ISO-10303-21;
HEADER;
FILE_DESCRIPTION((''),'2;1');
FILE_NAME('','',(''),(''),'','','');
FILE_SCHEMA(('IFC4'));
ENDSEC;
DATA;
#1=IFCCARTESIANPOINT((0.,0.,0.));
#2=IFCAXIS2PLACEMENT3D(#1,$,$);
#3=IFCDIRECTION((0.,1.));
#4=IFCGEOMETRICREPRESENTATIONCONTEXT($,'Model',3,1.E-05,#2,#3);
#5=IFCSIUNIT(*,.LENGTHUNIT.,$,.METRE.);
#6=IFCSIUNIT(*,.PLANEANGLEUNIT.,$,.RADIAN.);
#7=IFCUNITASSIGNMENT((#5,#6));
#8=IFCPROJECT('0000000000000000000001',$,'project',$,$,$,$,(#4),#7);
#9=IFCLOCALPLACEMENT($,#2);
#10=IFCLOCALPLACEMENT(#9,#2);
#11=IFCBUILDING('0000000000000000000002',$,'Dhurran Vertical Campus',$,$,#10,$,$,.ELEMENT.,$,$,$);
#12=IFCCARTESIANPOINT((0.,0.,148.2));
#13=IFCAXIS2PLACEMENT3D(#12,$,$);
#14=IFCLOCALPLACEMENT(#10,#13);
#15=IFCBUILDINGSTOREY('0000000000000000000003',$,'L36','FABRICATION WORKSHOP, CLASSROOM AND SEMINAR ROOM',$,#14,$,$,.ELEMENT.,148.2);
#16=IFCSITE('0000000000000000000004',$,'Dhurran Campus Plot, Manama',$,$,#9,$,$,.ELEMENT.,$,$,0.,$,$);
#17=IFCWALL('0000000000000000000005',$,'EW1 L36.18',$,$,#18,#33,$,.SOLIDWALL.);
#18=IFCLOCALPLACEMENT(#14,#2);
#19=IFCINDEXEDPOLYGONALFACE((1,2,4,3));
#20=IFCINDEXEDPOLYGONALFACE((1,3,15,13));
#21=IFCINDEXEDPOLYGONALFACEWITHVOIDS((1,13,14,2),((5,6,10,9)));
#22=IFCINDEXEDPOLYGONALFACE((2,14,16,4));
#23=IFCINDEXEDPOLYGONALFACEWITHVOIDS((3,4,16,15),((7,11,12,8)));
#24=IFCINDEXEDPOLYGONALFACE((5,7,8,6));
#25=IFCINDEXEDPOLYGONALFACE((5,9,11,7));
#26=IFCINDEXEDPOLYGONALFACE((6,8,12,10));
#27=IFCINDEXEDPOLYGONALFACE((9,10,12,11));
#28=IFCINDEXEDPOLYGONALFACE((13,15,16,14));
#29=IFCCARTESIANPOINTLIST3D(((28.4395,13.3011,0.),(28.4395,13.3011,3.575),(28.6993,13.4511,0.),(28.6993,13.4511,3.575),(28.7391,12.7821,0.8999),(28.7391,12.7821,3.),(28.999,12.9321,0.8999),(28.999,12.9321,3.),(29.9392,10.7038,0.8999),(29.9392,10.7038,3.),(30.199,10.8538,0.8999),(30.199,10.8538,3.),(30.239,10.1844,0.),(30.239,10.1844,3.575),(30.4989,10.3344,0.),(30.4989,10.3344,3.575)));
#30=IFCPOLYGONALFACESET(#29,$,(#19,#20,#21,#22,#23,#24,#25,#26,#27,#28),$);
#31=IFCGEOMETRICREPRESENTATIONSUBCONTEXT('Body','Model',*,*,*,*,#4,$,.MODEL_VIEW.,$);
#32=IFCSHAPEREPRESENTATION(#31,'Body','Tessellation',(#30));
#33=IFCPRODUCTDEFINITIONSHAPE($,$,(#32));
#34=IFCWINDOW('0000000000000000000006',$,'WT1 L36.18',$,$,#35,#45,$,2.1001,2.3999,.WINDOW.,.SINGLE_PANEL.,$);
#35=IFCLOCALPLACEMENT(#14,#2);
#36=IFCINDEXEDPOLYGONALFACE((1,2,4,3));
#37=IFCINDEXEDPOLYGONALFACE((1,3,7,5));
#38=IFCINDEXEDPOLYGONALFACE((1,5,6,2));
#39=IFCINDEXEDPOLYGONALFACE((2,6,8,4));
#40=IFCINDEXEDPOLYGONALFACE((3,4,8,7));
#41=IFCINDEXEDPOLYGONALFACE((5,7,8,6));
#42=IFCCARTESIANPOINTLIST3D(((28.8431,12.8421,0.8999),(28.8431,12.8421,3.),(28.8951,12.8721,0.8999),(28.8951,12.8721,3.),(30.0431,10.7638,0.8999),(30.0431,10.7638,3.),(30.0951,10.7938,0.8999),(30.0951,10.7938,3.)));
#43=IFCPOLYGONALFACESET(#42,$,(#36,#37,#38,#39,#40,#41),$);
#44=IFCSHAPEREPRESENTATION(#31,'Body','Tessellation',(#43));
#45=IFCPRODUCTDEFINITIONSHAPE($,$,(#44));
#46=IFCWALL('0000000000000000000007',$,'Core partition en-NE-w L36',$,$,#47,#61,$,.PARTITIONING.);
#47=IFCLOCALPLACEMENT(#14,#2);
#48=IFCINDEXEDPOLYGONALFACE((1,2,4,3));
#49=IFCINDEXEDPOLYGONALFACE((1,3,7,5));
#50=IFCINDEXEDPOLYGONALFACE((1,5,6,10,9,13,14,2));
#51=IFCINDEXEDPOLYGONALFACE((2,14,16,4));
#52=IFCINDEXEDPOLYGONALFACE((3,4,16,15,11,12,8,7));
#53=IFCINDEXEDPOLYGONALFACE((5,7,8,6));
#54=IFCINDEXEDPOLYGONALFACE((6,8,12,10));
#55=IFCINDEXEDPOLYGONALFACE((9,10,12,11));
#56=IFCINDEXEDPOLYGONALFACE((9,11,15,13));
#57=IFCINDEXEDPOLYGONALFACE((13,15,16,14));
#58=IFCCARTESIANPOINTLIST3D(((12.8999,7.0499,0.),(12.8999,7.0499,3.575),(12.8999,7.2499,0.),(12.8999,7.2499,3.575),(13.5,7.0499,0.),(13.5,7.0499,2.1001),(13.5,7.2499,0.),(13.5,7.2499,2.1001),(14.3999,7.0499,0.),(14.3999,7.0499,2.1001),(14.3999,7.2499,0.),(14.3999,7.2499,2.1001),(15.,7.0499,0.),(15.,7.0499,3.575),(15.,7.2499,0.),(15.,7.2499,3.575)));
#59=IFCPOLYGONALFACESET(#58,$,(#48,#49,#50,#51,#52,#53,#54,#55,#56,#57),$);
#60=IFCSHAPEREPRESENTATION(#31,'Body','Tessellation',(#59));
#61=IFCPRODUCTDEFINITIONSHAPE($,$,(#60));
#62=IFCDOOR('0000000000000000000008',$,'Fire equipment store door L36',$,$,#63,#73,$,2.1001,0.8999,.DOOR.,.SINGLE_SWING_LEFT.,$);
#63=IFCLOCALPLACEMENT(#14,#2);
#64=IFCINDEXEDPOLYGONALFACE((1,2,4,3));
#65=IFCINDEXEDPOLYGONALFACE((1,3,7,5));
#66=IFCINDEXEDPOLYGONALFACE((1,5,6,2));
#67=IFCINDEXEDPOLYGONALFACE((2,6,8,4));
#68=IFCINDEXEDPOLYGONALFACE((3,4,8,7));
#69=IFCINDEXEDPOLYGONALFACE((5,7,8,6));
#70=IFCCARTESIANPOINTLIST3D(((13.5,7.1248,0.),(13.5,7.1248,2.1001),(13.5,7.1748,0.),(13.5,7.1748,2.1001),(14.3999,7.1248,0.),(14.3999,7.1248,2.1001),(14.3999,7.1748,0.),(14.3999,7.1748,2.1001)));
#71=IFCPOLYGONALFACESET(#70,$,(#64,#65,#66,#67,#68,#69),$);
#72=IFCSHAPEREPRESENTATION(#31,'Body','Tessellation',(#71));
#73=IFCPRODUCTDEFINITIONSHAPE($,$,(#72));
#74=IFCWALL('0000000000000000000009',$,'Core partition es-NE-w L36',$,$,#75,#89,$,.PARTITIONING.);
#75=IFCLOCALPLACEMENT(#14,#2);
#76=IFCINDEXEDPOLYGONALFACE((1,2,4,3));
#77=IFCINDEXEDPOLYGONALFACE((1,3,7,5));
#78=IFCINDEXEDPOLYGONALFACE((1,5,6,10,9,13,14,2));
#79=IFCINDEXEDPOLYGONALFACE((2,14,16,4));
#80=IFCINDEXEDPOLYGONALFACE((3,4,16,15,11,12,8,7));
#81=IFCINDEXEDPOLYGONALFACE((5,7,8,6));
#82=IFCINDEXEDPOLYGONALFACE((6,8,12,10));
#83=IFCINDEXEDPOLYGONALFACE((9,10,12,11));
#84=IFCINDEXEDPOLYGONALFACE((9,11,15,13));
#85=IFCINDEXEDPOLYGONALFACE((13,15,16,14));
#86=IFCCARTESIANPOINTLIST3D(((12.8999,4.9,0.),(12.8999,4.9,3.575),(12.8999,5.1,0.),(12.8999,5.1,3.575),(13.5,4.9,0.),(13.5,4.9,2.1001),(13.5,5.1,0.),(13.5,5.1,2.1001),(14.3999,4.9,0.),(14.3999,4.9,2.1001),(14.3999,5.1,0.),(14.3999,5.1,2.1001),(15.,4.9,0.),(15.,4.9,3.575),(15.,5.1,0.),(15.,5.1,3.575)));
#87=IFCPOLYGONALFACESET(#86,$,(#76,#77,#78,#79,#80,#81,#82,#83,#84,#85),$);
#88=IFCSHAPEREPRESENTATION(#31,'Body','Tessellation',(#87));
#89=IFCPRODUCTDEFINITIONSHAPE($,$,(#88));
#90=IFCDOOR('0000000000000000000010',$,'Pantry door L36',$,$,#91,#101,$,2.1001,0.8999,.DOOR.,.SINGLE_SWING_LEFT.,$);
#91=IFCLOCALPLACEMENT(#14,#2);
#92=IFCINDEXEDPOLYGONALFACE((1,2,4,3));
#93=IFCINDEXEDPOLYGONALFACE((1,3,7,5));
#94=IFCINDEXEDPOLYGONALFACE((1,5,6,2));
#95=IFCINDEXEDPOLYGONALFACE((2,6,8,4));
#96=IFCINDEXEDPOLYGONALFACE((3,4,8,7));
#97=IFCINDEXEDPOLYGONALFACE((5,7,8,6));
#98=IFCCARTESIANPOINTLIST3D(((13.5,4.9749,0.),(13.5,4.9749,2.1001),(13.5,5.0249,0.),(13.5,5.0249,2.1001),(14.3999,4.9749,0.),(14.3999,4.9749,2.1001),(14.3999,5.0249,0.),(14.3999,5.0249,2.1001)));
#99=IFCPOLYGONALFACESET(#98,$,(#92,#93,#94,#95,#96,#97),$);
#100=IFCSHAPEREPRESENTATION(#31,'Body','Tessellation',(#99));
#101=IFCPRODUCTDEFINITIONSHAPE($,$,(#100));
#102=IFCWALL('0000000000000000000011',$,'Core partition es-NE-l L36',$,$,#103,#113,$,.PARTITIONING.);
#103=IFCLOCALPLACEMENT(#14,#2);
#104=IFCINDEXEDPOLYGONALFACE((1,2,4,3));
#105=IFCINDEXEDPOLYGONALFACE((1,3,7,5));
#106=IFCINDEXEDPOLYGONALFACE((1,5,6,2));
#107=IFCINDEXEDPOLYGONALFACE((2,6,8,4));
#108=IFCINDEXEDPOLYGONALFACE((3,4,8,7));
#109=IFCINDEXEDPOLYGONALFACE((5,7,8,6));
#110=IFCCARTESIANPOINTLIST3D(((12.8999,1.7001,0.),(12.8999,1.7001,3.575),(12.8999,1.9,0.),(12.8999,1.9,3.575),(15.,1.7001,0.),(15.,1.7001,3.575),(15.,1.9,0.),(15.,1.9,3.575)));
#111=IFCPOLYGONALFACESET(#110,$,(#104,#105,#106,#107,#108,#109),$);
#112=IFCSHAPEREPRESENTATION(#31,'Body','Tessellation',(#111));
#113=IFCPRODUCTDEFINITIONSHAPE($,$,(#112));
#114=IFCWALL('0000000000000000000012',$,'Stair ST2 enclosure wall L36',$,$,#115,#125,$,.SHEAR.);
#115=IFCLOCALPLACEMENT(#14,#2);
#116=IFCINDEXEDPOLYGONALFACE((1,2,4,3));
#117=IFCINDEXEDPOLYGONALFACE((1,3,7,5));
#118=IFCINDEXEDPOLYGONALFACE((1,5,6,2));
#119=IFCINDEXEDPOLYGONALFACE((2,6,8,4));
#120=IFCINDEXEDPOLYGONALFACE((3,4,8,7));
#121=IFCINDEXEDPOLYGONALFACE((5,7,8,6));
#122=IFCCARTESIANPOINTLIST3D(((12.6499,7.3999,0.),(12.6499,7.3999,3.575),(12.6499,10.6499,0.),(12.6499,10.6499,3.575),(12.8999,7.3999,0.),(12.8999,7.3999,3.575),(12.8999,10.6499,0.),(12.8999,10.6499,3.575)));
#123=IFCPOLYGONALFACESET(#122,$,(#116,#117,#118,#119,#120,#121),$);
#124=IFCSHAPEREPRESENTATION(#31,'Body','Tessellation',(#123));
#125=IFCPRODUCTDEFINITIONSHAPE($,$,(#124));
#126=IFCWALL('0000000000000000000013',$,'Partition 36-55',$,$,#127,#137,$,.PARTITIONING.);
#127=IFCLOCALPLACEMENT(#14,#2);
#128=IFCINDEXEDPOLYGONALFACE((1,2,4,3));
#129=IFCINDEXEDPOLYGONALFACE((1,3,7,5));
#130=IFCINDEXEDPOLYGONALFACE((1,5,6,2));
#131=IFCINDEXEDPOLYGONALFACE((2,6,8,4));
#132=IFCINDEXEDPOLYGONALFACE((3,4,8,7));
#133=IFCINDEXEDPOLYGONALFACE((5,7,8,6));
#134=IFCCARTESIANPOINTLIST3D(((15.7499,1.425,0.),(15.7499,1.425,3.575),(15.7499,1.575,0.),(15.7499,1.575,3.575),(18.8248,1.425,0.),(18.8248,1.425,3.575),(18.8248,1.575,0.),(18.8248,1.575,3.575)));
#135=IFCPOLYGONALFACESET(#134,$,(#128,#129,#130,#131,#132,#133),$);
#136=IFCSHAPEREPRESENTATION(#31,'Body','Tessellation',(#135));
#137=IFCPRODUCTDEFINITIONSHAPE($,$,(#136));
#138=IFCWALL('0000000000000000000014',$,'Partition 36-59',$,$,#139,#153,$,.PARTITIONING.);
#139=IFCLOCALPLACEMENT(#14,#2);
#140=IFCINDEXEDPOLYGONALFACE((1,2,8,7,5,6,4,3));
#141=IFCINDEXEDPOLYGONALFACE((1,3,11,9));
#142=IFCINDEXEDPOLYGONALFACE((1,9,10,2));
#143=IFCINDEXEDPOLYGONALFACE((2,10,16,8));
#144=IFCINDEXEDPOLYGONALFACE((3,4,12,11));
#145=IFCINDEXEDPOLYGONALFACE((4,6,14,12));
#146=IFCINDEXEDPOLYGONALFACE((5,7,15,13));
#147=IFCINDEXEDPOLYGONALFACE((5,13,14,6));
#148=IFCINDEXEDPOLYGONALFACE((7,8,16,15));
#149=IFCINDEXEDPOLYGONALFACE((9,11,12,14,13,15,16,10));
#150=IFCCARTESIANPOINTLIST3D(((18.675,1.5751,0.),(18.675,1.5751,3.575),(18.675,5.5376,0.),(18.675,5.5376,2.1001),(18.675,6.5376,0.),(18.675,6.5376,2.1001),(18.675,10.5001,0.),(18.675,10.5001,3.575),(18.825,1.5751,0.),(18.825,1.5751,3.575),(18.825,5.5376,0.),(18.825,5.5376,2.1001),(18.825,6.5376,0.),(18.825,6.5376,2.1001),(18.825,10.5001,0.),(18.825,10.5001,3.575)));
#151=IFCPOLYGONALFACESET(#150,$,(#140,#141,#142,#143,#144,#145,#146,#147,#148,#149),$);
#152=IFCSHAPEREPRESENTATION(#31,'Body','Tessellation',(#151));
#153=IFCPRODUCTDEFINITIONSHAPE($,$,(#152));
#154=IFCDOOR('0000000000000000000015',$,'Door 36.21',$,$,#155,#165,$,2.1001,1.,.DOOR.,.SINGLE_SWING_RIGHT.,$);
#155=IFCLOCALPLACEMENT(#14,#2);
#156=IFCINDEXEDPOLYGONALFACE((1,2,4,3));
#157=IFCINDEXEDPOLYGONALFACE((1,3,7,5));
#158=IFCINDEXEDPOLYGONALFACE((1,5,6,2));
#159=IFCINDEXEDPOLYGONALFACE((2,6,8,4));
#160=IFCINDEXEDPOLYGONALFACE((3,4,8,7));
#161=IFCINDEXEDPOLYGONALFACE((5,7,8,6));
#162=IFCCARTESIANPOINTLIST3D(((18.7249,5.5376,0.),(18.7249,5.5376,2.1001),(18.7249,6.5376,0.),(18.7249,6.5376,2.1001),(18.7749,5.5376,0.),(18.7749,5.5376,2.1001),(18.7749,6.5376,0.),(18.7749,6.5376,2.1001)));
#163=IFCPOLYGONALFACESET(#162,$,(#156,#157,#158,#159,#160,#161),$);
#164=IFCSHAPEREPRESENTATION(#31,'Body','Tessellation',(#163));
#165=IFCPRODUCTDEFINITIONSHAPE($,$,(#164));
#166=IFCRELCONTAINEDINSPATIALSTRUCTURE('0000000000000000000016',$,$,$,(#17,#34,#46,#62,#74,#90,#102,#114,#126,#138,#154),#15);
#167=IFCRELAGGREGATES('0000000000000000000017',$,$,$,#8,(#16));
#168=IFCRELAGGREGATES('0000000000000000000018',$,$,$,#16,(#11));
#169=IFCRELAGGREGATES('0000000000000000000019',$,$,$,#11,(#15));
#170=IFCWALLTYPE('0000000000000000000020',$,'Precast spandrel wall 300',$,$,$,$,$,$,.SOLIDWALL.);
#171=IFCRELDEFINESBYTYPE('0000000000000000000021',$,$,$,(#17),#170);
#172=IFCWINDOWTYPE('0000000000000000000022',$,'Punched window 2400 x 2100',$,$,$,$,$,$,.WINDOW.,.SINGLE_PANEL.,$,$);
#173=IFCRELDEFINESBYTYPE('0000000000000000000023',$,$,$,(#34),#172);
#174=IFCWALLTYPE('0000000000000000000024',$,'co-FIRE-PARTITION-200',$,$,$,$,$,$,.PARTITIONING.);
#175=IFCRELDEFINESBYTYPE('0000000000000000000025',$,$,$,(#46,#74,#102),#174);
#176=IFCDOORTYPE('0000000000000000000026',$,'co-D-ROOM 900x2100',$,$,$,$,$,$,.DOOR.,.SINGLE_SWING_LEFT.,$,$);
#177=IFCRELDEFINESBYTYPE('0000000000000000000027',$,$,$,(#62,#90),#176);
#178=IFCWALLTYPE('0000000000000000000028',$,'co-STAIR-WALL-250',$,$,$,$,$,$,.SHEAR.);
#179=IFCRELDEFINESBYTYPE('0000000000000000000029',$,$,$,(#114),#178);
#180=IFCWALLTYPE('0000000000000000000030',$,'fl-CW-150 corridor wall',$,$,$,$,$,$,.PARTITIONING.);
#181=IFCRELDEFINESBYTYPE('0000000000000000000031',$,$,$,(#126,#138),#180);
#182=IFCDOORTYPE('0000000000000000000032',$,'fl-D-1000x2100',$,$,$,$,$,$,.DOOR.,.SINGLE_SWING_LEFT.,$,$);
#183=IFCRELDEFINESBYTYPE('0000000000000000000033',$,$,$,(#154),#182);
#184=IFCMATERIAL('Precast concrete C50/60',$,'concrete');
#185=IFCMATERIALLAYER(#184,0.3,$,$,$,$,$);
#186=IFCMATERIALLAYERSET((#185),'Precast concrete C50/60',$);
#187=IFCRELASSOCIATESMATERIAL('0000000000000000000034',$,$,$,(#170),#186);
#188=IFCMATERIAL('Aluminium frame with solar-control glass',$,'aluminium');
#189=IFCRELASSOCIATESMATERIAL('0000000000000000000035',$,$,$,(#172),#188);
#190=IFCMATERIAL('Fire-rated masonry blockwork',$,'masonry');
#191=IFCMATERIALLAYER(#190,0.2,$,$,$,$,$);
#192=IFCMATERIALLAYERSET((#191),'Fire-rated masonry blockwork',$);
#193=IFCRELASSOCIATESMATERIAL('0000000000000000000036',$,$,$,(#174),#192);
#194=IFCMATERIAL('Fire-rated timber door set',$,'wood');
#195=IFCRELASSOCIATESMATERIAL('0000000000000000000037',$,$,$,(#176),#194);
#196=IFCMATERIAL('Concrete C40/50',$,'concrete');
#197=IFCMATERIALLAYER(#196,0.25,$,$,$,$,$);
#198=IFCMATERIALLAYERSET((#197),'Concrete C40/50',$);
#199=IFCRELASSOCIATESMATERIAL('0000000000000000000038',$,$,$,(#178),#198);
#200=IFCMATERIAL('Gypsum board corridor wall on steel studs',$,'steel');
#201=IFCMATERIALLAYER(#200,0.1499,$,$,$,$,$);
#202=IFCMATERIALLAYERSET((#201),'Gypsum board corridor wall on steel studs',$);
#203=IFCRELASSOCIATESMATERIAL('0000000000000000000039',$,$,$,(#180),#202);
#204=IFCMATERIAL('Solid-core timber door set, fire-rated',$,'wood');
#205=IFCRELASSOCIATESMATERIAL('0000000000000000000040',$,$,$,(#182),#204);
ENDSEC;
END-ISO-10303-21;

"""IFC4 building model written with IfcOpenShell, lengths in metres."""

from ifc_helpers import new_model, si_unit, direction, frame, frame_2d, origin, place, context, subcontext, project, spatial, rectangle, extrude, material, layer, layer_set, type_object, element, fill, save


model = new_model("IFC4")

# Units and contexts
model_context = context("Model", 3, precision=1e-05, world=origin(), true_north=direction((0.0, 1.0)))
body_context = subcontext(model_context, "Body", "Model", "MODEL_VIEW")
ifc_project = project(units=[si_unit("LENGTHUNIT", "METRE"), si_unit("PLANEANGLEUNIT", "RADIAN")], contexts=[model_context])

# Site, building, storey
site_placement = place(None, origin())
site = spatial("IfcSite", under=ifc_project, at=site_placement, Name="Dhurran Campus Plot, Manama", CompositionType="ELEMENT", RefElevation=0.0)
building_placement = place(site_placement, origin())
building = spatial("IfcBuilding", under=site, at=building_placement, Name="Dhurran Vertical Campus", CompositionType="ELEMENT")
storey_placement = place(building_placement, frame((0.0, 0.0, 148.2)))
storey = spatial("IfcBuildingStorey", under=building, at=storey_placement, Name="L36", Description="FABRICATION WORKSHOP, CLASSROOM AND SEMINAR ROOM", CompositionType="ELEMENT", Elevation=148.2)

# Wall, opening, window
ifc_material_1 = material(Name="Precast concrete C50/60", Category="concrete")
ifc_layer_1 = layer(ifc_material_1, 0.3)
ifc_layer_set_1 = layer_set([ifc_layer_1], Name="Precast concrete C50/60")
wall_type_1 = type_object("IfcWallType", Name="Precast spandrel wall 300", PredefinedType="SOLIDWALL", material=ifc_layer_set_1)
ifc_material_2 = material(Name="Aluminium frame with solar-control glass", Category="aluminium")
window_type = type_object("IfcWindowType", Name="Punched window 2400 x 2100", PartitioningType="SINGLE_PANEL", PredefinedType="WINDOW", material=ifc_material_2)
wall_1_placement = place(storey_placement, frame((30.3689, 10.2595, 0.0), z_axis=(0.0, 0.0, 1.0), x_axis=(-0.500028, 0.866009, 0.0)))
wall_1 = element("IfcWall", 1, at=wall_1_placement, inside=storey, type_object=wall_type_1, Name="EW1 L36.18", PredefinedType="SOLIDWALL", context=body_context, shape_type="SweptSolid", body=[
    extrude(rectangle(XDim=3.5989, YDim=0.3, at=frame_2d((1.7993, 0.0))), origin(), (0.0, 0.0, 1.0), 3.575),
])
opening_1_placement = place(wall_1_placement, frame((0.5996, 0.0, 0.8999)))
opening_1 = element("IfcOpeningElement", 2, at=opening_1_placement, cuts=wall_1, PredefinedType="OPENING", context=body_context, shape_type="SweptSolid", body=[
    extrude(rectangle(XDim=2.3999, YDim=2.1001, at=frame_2d((1.2, 1.05))), frame((0.0, 0.1599, 0.0), z_axis=(0.0, -1.0, 0.0), x_axis=(1.0, 0.0, 0.0)), (0.0, 0.0, 1.0), 0.3201),
])
window_1_placement = place(opening_1_placement, origin())
window_1 = element("IfcWindow", 3, at=window_1_placement, inside=storey, type_object=window_type, Name="WT1 L36.18", OverallHeight=2.1001, OverallWidth=2.3999, PartitioningType="SINGLE_PANEL", PredefinedType="WINDOW", context=body_context, shape_type="SweptSolid", body=[
    extrude(rectangle(XDim=2.3999, YDim=2.1001, at=frame_2d((1.2, 1.05))), frame((0.0, 0.03, 0.0), z_axis=(0.0, -1.0, 0.0), x_axis=(1.0, 0.0, 0.0)), (0.0, 0.0, 1.0), 0.0601),
])
fill(opening_1, window_1)

# Walls, openings, doors
ifc_material_3 = material(Name="Fire-rated masonry blockwork", Category="masonry")
ifc_layer_2 = layer(ifc_material_3, 0.2)
ifc_layer_set_2 = layer_set([ifc_layer_2], Name="Fire-rated masonry blockwork")
wall_type_2 = type_object("IfcWallType", Name="co-FIRE-PARTITION-200", PredefinedType="PARTITIONING", material=ifc_layer_set_2)
wall_2_placement = place(storey_placement, frame((12.8999, 7.1499, 0.0), z_axis=(0.0, 0.0, 1.0), x_axis=(1.0, 0.0, 0.0)))
wall_2 = element("IfcWall", 4, at=wall_2_placement, inside=storey, type_object=wall_type_2, Name="Core partition en-NE-w L36", PredefinedType="PARTITIONING", context=body_context, shape_type="SweptSolid", body=[
    extrude(rectangle(XDim=2.1001, YDim=0.2, at=frame_2d((1.05, 0.0))), origin(), (0.0, 0.0, 1.0), 3.575),
])
opening_2_placement = place(wall_2_placement, frame((0.6001, 0.0, 0.0)))
opening_2 = element("IfcOpeningElement", 5, at=opening_2_placement, cuts=wall_2, PredefinedType="OPENING", context=body_context, shape_type="SweptSolid", body=[
    extrude(rectangle(XDim=0.8999, YDim=2.1001, at=frame_2d((0.45, 1.05))), frame((0.0, 0.1099, 0.0), z_axis=(0.0, -1.0, 0.0), x_axis=(1.0, 0.0, 0.0)), (0.0, 0.0, 1.0), 0.22),
])
ifc_material_4 = material(Name="Fire-rated timber door set", Category="wood")
door_type_1 = type_object("IfcDoorType", Name="co-D-ROOM 900x2100", OperationType="SINGLE_SWING_LEFT", PredefinedType="DOOR", material=ifc_material_4)
door_1_placement = place(opening_2_placement, origin())
door_1 = element("IfcDoor", 6, at=door_1_placement, inside=storey, type_object=door_type_1, Name="Fire equipment store door L36", OperationType="SINGLE_SWING_LEFT", OverallHeight=2.1001, OverallWidth=0.8999, PredefinedType="DOOR", context=body_context, shape_type="SweptSolid", body=[
    extrude(rectangle(XDim=0.8999, YDim=2.1001, at=frame_2d((0.45, 1.05))), frame((0.0, 0.0249, 0.0), z_axis=(0.0, -1.0, 0.0), x_axis=(1.0, 0.0, 0.0)), (0.0, 0.0, 1.0), 0.05),
])
fill(opening_2, door_1)
wall_3_placement = place(storey_placement, frame((12.8999, 5.0, 0.0), z_axis=(0.0, 0.0, 1.0), x_axis=(1.0, 0.0, 0.0)))
wall_3 = element("IfcWall", 7, at=wall_3_placement, inside=storey, type_object=wall_type_2, Name="Core partition es-NE-w L36", PredefinedType="PARTITIONING", context=body_context, shape_type="SweptSolid", body=[
    extrude(rectangle(XDim=2.1001, YDim=0.2, at=frame_2d((1.05, 0.0))), origin(), (0.0, 0.0, 1.0), 3.575),
])
opening_3_placement = place(wall_3_placement, frame((0.6001, 0.0, 0.0)))
opening_3 = element("IfcOpeningElement", 8, at=opening_3_placement, cuts=wall_3, PredefinedType="OPENING", context=body_context, shape_type="SweptSolid", body=[
    extrude(rectangle(XDim=0.8999, YDim=2.1001, at=frame_2d((0.45, 1.05))), frame((0.0, 0.1099, 0.0), z_axis=(0.0, -1.0, 0.0), x_axis=(1.0, 0.0, 0.0)), (0.0, 0.0, 1.0), 0.22),
])
door_2_placement = place(opening_3_placement, origin())
door_2 = element("IfcDoor", 9, at=door_2_placement, inside=storey, type_object=door_type_1, Name="Pantry door L36", OperationType="SINGLE_SWING_LEFT", OverallHeight=2.1001, OverallWidth=0.8999, PredefinedType="DOOR", context=body_context, shape_type="SweptSolid", body=[
    extrude(rectangle(XDim=0.8999, YDim=2.1001, at=frame_2d((0.45, 1.05))), frame((0.0, 0.0249, 0.0), z_axis=(0.0, -1.0, 0.0), x_axis=(1.0, 0.0, 0.0)), (0.0, 0.0, 1.0), 0.05),
])
fill(opening_3, door_2)

# Walls
wall_4_placement = place(storey_placement, frame((12.8999, 1.8, 0.0), z_axis=(0.0, 0.0, 1.0), x_axis=(1.0, 0.0, 0.0)))
element("IfcWall", 10, at=wall_4_placement, inside=storey, type_object=wall_type_2, Name="Core partition es-NE-l L36", PredefinedType="PARTITIONING", context=body_context, shape_type="SweptSolid", body=[
    extrude(rectangle(XDim=2.1001, YDim=0.2, at=frame_2d((1.05, 0.0))), origin(), (0.0, 0.0, 1.0), 3.575),
])
ifc_material_5 = material(Name="Concrete C40/50", Category="concrete")
ifc_layer_3 = layer(ifc_material_5, 0.25)
ifc_layer_set_3 = layer_set([ifc_layer_3], Name="Concrete C40/50")
wall_type_3 = type_object("IfcWallType", Name="co-STAIR-WALL-250", PredefinedType="SHEAR", material=ifc_layer_set_3)
wall_5_placement = place(storey_placement, frame((12.7749, 7.3999, 0.0), z_axis=(0.0, 0.0, 1.0), x_axis=(0.0, 1.0, 0.0)))
element("IfcWall", 11, at=wall_5_placement, inside=storey, type_object=wall_type_3, Name="Stair ST2 enclosure wall L36", PredefinedType="SHEAR", context=body_context, shape_type="SweptSolid", body=[
    extrude(rectangle(XDim=3.25, YDim=0.25, at=frame_2d((1.625, 0.0))), origin(), (0.0, 0.0, 1.0), 3.575),
])
ifc_material_6 = material(Name="Gypsum board corridor wall on steel studs", Category="steel")
ifc_layer_4 = layer(ifc_material_6, 0.1499)
ifc_layer_set_4 = layer_set([ifc_layer_4], Name="Gypsum board corridor wall on steel studs")
wall_type_4 = type_object("IfcWallType", Name="fl-CW-150 corridor wall", PredefinedType="PARTITIONING", material=ifc_layer_set_4)
wall_6_placement = place(storey_placement, frame((18.825, 1.5, 0.0), z_axis=(0.0, 0.0, 1.0), x_axis=(-1.0, 0.0, 0.0)))
element("IfcWall", 12, at=wall_6_placement, inside=storey, type_object=wall_type_4, Name="Partition 36-55", PredefinedType="PARTITIONING", context=body_context, shape_type="SweptSolid", body=[
    extrude(rectangle(XDim=3.075, YDim=0.1499, at=frame_2d((1.5376, 0.0))), origin(), (0.0, 0.0, 1.0), 3.575),
])

# Wall, opening, door
wall_7_placement = place(storey_placement, frame((18.75, 10.5, 0.0), z_axis=(0.0, 0.0, 1.0), x_axis=(0.0, -1.0, 0.0)))
wall_7 = element("IfcWall", 13, at=wall_7_placement, inside=storey, type_object=wall_type_4, Name="Partition 36-59", PredefinedType="PARTITIONING", context=body_context, shape_type="SweptSolid", body=[
    extrude(rectangle(XDim=8.925, YDim=0.1499, at=frame_2d((4.4624, 0.0))), origin(), (0.0, 0.0, 1.0), 3.575),
])
opening_4_placement = place(wall_7_placement, frame((3.9624, 0.0, 0.0)))
opening_4 = element("IfcOpeningElement", 14, at=opening_4_placement, cuts=wall_7, PredefinedType="OPENING", context=body_context, shape_type="SweptSolid", body=[
    extrude(rectangle(XDim=1.0, YDim=2.1001, at=frame_2d((0.5, 1.05))), frame((0.0, 0.085, 0.0), z_axis=(0.0, -1.0, 0.0), x_axis=(1.0, 0.0, 0.0)), (0.0, 0.0, 1.0), 0.1699),
])
ifc_material_7 = material(Name="Solid-core timber door set, fire-rated", Category="wood")
door_type_2 = type_object("IfcDoorType", Name="fl-D-1000x2100", OperationType="SINGLE_SWING_LEFT", PredefinedType="DOOR", material=ifc_material_7)
door_3_placement = place(opening_4_placement, origin())
door_3 = element("IfcDoor", 15, at=door_3_placement, inside=storey, type_object=door_type_2, Name="Door 36.21", OperationType="SINGLE_SWING_RIGHT", OverallHeight=2.1001, OverallWidth=1.0, PredefinedType="DOOR", context=body_context, shape_type="SweptSolid", body=[
    extrude(rectangle(XDim=1.0, YDim=2.1001, at=frame_2d((0.5, 1.05))), frame((0.0, 0.0249, 0.0), z_axis=(0.0, -1.0, 0.0), x_axis=(1.0, 0.0, 0.0)), (0.0, 0.0, 1.0), 0.05),
])
fill(opening_4, door_3)

save(model, "model.ifc")
